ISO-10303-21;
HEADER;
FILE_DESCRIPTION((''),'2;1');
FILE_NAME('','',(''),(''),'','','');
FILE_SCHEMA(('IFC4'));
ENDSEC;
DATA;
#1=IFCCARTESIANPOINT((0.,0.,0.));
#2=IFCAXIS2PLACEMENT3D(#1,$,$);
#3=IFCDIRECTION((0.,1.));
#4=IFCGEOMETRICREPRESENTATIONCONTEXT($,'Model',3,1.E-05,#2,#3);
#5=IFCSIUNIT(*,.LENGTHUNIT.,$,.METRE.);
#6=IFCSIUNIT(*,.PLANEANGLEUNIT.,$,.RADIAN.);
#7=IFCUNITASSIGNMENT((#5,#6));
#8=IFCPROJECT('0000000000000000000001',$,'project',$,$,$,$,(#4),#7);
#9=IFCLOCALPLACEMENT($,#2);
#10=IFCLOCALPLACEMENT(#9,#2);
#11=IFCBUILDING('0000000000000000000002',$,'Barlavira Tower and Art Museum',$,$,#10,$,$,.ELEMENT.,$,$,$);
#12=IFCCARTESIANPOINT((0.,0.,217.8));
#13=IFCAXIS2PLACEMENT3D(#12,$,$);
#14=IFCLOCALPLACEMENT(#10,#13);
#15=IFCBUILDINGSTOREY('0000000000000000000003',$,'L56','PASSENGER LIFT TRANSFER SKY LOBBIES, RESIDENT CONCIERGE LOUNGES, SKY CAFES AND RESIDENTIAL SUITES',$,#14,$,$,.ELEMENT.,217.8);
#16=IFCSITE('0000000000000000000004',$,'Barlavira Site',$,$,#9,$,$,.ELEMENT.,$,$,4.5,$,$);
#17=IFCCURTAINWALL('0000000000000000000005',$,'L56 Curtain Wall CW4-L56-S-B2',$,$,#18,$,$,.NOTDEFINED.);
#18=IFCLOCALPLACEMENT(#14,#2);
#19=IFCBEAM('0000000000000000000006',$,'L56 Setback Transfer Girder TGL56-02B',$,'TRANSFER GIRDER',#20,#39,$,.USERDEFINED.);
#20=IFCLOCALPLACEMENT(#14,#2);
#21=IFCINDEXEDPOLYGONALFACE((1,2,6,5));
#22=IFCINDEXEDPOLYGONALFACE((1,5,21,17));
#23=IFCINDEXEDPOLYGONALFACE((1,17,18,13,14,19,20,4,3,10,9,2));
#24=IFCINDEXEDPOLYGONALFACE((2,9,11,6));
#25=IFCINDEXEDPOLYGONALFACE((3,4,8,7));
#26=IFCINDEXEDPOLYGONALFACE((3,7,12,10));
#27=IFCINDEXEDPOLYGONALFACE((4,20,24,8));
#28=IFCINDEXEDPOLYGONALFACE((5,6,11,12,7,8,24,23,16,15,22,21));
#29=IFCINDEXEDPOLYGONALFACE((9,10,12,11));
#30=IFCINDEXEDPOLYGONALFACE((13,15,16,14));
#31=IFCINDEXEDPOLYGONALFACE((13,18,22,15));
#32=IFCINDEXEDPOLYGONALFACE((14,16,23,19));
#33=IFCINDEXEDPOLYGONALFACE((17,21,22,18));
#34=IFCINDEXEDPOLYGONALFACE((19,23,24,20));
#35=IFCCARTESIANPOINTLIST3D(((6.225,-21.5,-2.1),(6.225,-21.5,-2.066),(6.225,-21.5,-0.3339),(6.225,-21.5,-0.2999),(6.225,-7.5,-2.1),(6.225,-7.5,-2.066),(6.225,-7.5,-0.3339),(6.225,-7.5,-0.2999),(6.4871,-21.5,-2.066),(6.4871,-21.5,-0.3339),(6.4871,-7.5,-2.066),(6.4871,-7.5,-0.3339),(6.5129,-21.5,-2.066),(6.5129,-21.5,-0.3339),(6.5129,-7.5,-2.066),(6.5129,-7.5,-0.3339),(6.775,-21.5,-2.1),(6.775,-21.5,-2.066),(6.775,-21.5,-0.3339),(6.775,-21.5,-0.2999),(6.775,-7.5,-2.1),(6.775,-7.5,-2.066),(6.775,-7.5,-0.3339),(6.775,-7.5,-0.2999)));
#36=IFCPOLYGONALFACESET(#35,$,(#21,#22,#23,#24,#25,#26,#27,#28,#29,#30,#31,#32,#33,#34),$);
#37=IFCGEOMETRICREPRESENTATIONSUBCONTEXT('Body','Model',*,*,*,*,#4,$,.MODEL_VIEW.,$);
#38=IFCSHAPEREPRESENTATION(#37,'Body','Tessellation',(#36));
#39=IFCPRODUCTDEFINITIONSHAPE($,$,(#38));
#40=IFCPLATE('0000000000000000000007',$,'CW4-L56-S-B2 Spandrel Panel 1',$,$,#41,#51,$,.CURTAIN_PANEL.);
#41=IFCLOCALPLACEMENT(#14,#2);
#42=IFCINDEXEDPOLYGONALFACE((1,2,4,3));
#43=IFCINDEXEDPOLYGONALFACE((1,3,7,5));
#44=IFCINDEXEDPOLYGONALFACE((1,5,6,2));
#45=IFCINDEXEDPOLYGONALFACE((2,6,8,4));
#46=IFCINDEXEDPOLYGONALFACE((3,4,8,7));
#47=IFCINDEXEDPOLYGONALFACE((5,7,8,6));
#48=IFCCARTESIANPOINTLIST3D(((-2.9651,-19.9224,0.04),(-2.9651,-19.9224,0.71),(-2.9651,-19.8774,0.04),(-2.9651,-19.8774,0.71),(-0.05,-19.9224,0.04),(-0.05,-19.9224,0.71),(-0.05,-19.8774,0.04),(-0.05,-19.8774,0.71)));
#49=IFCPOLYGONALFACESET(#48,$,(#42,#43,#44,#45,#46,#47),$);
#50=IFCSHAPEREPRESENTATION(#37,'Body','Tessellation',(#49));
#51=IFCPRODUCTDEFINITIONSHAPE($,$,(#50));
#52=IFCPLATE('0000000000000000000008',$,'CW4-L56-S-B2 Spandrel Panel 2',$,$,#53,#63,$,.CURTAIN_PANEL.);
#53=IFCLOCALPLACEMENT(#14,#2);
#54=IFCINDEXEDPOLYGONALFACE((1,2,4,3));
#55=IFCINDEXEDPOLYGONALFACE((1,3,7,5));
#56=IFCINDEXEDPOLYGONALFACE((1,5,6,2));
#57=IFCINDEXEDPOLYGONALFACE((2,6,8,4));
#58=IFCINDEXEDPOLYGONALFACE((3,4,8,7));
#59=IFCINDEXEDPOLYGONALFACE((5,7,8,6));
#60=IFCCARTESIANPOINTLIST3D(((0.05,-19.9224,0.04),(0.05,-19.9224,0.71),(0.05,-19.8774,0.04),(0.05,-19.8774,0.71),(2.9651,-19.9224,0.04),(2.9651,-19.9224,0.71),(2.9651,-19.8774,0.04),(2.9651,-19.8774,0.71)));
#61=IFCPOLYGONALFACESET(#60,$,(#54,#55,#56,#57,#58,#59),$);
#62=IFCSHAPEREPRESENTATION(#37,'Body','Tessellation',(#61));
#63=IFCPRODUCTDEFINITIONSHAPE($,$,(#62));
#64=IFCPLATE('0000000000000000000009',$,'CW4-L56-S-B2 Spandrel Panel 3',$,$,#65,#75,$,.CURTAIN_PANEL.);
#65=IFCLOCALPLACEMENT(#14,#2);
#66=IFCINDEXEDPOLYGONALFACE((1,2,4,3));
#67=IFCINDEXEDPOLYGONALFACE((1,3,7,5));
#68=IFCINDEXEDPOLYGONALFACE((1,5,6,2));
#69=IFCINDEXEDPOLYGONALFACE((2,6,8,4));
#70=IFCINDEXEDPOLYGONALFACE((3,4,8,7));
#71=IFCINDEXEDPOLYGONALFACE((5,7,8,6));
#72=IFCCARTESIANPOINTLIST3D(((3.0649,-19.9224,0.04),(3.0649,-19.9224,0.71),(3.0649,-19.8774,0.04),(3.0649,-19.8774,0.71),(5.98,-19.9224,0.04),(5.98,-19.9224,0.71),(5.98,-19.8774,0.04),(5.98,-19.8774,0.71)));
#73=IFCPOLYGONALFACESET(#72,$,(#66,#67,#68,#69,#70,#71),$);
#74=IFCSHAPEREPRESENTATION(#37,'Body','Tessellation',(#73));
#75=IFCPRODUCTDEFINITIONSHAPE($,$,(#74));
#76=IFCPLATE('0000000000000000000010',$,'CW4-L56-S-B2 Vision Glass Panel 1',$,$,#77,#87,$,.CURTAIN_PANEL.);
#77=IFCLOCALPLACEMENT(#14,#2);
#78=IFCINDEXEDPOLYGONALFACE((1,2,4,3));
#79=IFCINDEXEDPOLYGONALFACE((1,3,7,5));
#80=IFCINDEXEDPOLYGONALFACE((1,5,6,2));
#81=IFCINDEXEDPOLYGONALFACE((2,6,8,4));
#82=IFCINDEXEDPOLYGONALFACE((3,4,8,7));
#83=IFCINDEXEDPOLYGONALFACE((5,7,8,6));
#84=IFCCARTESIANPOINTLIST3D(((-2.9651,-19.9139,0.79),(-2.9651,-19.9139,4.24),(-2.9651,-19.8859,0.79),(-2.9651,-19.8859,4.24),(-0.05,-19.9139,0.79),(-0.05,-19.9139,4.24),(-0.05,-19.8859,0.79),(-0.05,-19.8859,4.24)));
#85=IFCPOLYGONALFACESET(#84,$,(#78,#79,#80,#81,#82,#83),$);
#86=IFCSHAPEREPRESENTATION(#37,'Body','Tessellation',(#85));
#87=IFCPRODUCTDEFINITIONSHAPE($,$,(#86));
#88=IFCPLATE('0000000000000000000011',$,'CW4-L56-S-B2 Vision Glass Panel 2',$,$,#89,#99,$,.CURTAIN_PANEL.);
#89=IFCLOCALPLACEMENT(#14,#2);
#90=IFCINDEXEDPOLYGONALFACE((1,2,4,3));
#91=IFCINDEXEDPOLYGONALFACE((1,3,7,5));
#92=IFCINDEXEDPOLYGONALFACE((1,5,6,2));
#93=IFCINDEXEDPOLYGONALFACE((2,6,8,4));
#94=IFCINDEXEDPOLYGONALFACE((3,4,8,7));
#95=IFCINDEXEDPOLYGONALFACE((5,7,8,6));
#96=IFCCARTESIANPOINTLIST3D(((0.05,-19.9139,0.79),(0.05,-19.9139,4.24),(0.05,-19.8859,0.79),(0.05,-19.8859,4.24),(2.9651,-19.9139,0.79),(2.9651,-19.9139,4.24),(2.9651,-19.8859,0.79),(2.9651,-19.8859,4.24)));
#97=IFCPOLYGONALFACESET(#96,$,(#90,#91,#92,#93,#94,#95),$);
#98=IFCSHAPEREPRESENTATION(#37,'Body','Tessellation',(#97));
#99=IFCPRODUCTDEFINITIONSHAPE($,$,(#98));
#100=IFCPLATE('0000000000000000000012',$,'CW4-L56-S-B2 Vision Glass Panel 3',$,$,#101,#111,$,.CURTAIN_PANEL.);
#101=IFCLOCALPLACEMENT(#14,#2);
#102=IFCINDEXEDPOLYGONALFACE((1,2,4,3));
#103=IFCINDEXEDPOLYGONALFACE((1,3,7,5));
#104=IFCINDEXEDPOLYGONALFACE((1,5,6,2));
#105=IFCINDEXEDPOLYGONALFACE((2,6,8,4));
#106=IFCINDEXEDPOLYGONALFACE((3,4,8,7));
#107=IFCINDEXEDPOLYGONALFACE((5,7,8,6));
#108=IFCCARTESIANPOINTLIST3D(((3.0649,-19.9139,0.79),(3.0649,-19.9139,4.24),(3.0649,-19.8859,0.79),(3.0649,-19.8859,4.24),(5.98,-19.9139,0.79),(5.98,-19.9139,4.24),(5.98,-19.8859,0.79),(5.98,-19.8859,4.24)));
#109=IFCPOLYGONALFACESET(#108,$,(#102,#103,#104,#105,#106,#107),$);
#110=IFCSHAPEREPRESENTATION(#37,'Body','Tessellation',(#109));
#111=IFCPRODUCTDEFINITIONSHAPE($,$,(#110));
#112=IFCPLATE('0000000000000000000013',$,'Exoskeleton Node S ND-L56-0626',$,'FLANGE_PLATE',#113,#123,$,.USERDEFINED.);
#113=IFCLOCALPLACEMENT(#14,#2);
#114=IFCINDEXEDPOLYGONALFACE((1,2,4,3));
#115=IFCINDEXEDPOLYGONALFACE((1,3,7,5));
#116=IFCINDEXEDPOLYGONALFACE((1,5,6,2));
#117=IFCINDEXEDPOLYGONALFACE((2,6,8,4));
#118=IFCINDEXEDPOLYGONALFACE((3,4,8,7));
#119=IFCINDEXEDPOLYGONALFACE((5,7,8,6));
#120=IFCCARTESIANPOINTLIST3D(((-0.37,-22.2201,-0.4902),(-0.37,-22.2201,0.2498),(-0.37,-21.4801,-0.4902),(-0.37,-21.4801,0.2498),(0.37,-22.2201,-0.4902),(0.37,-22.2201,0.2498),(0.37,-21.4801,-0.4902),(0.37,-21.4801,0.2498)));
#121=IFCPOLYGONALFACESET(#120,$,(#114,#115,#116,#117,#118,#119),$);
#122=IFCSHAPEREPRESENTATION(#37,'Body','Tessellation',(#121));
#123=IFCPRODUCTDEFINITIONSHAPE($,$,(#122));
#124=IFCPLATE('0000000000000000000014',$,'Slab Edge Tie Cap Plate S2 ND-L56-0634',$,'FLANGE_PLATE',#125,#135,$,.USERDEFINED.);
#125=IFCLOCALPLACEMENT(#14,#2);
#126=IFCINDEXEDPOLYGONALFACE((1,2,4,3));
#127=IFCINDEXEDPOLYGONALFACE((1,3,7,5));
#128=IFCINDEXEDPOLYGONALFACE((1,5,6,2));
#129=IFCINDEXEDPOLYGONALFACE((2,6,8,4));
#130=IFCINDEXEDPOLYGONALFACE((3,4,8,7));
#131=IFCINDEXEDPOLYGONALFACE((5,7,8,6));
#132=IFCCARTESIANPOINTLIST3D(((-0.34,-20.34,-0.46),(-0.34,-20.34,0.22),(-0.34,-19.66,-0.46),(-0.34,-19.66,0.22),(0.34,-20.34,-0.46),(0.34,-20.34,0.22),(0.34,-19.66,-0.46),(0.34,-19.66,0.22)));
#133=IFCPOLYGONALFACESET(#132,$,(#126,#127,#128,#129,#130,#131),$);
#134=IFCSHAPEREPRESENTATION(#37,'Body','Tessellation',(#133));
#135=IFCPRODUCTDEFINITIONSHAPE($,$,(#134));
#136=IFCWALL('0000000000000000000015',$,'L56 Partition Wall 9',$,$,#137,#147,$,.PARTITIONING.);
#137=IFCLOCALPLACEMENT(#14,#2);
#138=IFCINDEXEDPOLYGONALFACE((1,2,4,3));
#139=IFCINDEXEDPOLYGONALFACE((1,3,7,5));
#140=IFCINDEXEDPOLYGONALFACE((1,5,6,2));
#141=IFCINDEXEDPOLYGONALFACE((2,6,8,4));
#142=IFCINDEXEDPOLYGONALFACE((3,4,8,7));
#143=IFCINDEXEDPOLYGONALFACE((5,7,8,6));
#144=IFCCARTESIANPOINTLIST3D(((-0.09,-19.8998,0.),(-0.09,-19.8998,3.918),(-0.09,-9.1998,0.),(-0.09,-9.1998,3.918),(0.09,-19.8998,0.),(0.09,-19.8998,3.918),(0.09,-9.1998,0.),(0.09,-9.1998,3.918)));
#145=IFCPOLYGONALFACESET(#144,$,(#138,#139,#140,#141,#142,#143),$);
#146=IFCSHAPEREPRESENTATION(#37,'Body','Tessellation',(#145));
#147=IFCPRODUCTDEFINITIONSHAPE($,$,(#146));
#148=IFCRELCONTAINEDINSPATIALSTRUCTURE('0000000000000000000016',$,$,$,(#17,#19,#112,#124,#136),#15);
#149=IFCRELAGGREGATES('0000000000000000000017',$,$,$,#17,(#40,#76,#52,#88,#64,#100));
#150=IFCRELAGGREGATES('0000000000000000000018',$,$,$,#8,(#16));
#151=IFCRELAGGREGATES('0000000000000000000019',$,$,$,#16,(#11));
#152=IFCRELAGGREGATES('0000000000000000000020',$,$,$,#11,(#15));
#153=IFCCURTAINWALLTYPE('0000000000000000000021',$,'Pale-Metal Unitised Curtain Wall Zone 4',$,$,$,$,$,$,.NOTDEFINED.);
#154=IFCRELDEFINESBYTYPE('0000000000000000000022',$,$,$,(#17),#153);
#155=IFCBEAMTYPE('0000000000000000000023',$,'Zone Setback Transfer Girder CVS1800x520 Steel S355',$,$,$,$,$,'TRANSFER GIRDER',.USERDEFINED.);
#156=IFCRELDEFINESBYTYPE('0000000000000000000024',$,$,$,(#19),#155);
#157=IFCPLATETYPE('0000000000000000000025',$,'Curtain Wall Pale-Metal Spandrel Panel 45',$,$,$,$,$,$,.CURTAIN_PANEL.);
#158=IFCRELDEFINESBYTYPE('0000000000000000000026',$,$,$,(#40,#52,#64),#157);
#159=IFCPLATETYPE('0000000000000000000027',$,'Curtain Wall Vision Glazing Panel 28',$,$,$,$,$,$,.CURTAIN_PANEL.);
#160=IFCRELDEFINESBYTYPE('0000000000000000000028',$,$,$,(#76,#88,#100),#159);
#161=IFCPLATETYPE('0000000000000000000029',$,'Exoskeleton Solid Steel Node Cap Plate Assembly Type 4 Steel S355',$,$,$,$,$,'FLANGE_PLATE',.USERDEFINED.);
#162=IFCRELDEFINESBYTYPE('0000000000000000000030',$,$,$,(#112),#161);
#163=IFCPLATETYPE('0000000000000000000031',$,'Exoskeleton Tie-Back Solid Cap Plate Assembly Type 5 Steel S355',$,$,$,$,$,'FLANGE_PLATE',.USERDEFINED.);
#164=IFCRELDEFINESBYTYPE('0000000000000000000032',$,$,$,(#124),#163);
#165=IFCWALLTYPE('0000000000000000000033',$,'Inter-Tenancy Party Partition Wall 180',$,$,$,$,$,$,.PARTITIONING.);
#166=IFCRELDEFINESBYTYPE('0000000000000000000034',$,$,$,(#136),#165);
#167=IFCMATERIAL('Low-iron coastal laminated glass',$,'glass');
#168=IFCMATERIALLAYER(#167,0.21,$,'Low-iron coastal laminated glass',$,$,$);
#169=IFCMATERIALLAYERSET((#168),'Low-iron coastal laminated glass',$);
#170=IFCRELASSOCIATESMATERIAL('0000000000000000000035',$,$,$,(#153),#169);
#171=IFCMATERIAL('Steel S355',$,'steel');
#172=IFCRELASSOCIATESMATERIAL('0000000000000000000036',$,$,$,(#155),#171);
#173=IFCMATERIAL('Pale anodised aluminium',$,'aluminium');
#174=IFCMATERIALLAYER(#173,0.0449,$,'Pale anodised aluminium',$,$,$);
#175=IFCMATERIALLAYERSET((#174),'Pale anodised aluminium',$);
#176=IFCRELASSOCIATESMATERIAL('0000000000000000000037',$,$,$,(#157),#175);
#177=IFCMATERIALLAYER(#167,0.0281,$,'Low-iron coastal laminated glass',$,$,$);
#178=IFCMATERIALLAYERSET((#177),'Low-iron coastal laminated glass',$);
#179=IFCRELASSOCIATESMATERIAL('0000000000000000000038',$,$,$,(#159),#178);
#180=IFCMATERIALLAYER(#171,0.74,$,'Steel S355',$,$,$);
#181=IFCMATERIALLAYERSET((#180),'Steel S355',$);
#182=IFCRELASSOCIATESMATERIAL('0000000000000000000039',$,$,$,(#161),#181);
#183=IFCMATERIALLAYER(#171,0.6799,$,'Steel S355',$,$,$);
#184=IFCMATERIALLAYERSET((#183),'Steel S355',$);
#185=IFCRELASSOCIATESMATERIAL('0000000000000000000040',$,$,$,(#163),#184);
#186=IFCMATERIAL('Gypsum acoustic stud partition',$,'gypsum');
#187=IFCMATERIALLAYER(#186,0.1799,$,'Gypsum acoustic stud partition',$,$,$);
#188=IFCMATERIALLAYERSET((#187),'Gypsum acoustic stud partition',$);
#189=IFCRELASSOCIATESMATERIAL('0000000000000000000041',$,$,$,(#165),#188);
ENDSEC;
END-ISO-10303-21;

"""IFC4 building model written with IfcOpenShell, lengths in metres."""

from ifc_helpers import new_model, si_unit, direction, frame, frame_2d, origin, origin_2d, place, context, subcontext, project, spatial, rectangle, i_section, extrude, material, layer, layer_set, material_profile, profile_set, type_object, element, aggregate, save


model = new_model("IFC4")

# Units and contexts
model_context = context("Model", 3, precision=1e-05, world=origin(), true_north=direction((0.0, 1.0)))
body_context = subcontext(model_context, "Body", "Model", "MODEL_VIEW")
ifc_project = project(units=[si_unit("LENGTHUNIT", "METRE"), si_unit("PLANEANGLEUNIT", "RADIAN")], contexts=[model_context])

# Site, building, storey
site_placement = place(None, origin())
site = spatial("IfcSite", under=ifc_project, at=site_placement, Name="Barlavira Site", CompositionType="ELEMENT", RefElevation=4.5)
building_placement = place(site_placement, origin())
building = spatial("IfcBuilding", under=site, at=building_placement, Name="Barlavira Tower and Art Museum", CompositionType="ELEMENT")
storey_placement = place(building_placement, frame((0.0, 0.0, 217.8)))
storey = spatial("IfcBuildingStorey", under=building, at=storey_placement, Name="L56", Description="PASSENGER LIFT TRANSFER SKY LOBBIES, RESIDENT CONCIERGE LOUNGES, SKY CAFES AND RESIDENTIAL SUITES", CompositionType="ELEMENT", Elevation=217.8)

# Curtain wall
ifc_material_1 = material(Name="Low-iron coastal laminated glass", Category="glass")
ifc_layer_1 = layer(ifc_material_1, 0.21, Name="Low-iron coastal laminated glass")
ifc_layer_set_1 = layer_set([ifc_layer_1], Name="Low-iron coastal laminated glass")
curtain_wall_type = type_object("IfcCurtainWallType", Name="Pale-Metal Unitised Curtain Wall Zone 4", PredefinedType="NOTDEFINED", material=ifc_layer_set_1)
curtain_wall_placement = place(storey_placement, origin())
curtain_wall = element("IfcCurtainWall", 1, at=curtain_wall_placement, inside=storey, type_object=curtain_wall_type, Name="L56 Curtain Wall CW4-L56-S-B2", PredefinedType="NOTDEFINED")
ifc_material_2 = material(Name="Pale anodised aluminium", Category="aluminium")

# Shared definitions
ifc_material_3 = material(Name="Steel S355", Category="steel")

# Beam
ifc_material_profile_1 = material_profile(ifc_material_3, i_section(OverallWidth=0.55, OverallDepth=1.8, WebThickness=0.0259, FlangeThickness=0.0339, at=origin_2d()), Name="CVS1800x520")
ifc_profile_set_1 = profile_set([ifc_material_profile_1], Name="Steel S355")
beam_type = type_object("IfcBeamType", Name="Zone Setback Transfer Girder CVS1800x520 Steel S355", ElementType="TRANSFER GIRDER", PredefinedType="USERDEFINED", material=ifc_profile_set_1)
beam_placement = place(storey_placement, frame((6.5, -21.5, -1.2), z_axis=(0.0, 1.0, 0.0), x_axis=(-1.0, 0.0, 0.0)))
element("IfcBeam", 2, at=beam_placement, inside=storey, type_object=beam_type, Name="L56 Setback Transfer Girder TGL56-02B", ObjectType="TRANSFER GIRDER", PredefinedType="USERDEFINED", context=body_context, shape_type="SweptSolid", body=[
    extrude(i_section(OverallWidth=0.55, OverallDepth=1.8, WebThickness=0.0259, FlangeThickness=0.0339, at=origin_2d()), origin(), (0.0, 0.0, 1.0), 14.0),
])

# Plates
ifc_layer_2 = layer(ifc_material_2, 0.0449, Name="Pale anodised aluminium")
ifc_layer_set_2 = layer_set([ifc_layer_2], Name="Pale anodised aluminium")
plate_type_1 = type_object("IfcPlateType", Name="Curtain Wall Pale-Metal Spandrel Panel 45", PredefinedType="CURTAIN_PANEL", material=ifc_layer_set_2)
plate_1_placement = place(storey_placement, frame((-1.5076, -19.8999, 0.04), z_axis=(0.0, 0.0, 1.0), x_axis=(1.0, 0.0, 0.0)))
plate_1 = element("IfcPlate", 3, at=plate_1_placement, type_object=plate_type_1, Name="CW4-L56-S-B2 Spandrel Panel 1", PredefinedType="CURTAIN_PANEL", context=body_context, shape_type="SweptSolid", body=[
    extrude(rectangle(XDim=2.915, YDim=0.0449, at=origin_2d()), origin(), (0.0, 0.0, 1.0), 0.6699),
])
plate_2_placement = place(storey_placement, frame((1.5076, -19.8999, 0.04), z_axis=(0.0, 0.0, 1.0), x_axis=(1.0, 0.0, 0.0)))
plate_2 = element("IfcPlate", 4, at=plate_2_placement, type_object=plate_type_1, Name="CW4-L56-S-B2 Spandrel Panel 2", PredefinedType="CURTAIN_PANEL", context=body_context, shape_type="SweptSolid", body=[
    extrude(rectangle(XDim=2.915, YDim=0.0449, at=origin_2d()), origin(), (0.0, 0.0, 1.0), 0.6699),
])
plate_3_placement = place(storey_placement, frame((4.5225, -19.8999, 0.04), z_axis=(0.0, 0.0, 1.0), x_axis=(1.0, 0.0, 0.0)))
plate_3 = element("IfcPlate", 5, at=plate_3_placement, type_object=plate_type_1, Name="CW4-L56-S-B2 Spandrel Panel 3", PredefinedType="CURTAIN_PANEL", context=body_context, shape_type="SweptSolid", body=[
    extrude(rectangle(XDim=2.915, YDim=0.0449, at=origin_2d()), origin(), (0.0, 0.0, 1.0), 0.6699),
])
ifc_layer_3 = layer(ifc_material_1, 0.0281, Name="Low-iron coastal laminated glass")
ifc_layer_set_3 = layer_set([ifc_layer_3], Name="Low-iron coastal laminated glass")
plate_type_2 = type_object("IfcPlateType", Name="Curtain Wall Vision Glazing Panel 28", PredefinedType="CURTAIN_PANEL", material=ifc_layer_set_3)
plate_4_placement = place(storey_placement, frame((-1.5076, -19.8999, 0.79), z_axis=(0.0, 0.0, 1.0), x_axis=(1.0, 0.0, 0.0)))
plate_4 = element("IfcPlate", 6, at=plate_4_placement, type_object=plate_type_2, Name="CW4-L56-S-B2 Vision Glass Panel 1", PredefinedType="CURTAIN_PANEL", context=body_context, shape_type="SweptSolid", body=[
    extrude(rectangle(XDim=2.915, YDim=0.0281, at=origin_2d()), origin(), (0.0, 0.0, 1.0), 3.45),
])
plate_5_placement = place(storey_placement, frame((1.5076, -19.8999, 0.79), z_axis=(0.0, 0.0, 1.0), x_axis=(1.0, 0.0, 0.0)))
plate_5 = element("IfcPlate", 7, at=plate_5_placement, type_object=plate_type_2, Name="CW4-L56-S-B2 Vision Glass Panel 2", PredefinedType="CURTAIN_PANEL", context=body_context, shape_type="SweptSolid", body=[
    extrude(rectangle(XDim=2.915, YDim=0.0281, at=origin_2d()), origin(), (0.0, 0.0, 1.0), 3.45),
])
plate_6_placement = place(storey_placement, frame((4.5225, -19.8999, 0.79), z_axis=(0.0, 0.0, 1.0), x_axis=(1.0, 0.0, 0.0)))
plate_6 = element("IfcPlate", 8, at=plate_6_placement, type_object=plate_type_2, Name="CW4-L56-S-B2 Vision Glass Panel 3", PredefinedType="CURTAIN_PANEL", context=body_context, shape_type="SweptSolid", body=[
    extrude(rectangle(XDim=2.915, YDim=0.0281, at=origin_2d()), origin(), (0.0, 0.0, 1.0), 3.45),
])
aggregate(curtain_wall, [plate_1, plate_4, plate_2, plate_5, plate_3, plate_6])

# Plates
ifc_layer_4 = layer(ifc_material_3, 0.74, Name="Steel S355")
ifc_layer_set_4 = layer_set([ifc_layer_4], Name="Steel S355")
plate_type_3 = type_object("IfcPlateType", Name="Exoskeleton Solid Steel Node Cap Plate Assembly Type 4 Steel S355", ElementType="FLANGE_PLATE", PredefinedType="USERDEFINED", material=ifc_layer_set_4)
plate_7_placement = place(storey_placement, frame((0.0, -21.8501, -0.4902), z_axis=(0.0, 0.0, 1.0), x_axis=(1.0, 0.0, 0.0)))
element("IfcPlate", 9, at=plate_7_placement, inside=storey, type_object=plate_type_3, Name="Exoskeleton Node S ND-L56-0626", ObjectType="FLANGE_PLATE", PredefinedType="USERDEFINED", context=body_context, shape_type="SweptSolid", body=[
    extrude(rectangle(XDim=0.74, YDim=0.74, at=origin_2d()), origin(), (0.0, 0.0, 1.0), 0.74),
])
ifc_layer_5 = layer(ifc_material_3, 0.6799, Name="Steel S355")
ifc_layer_set_5 = layer_set([ifc_layer_5], Name="Steel S355")
plate_type_4 = type_object("IfcPlateType", Name="Exoskeleton Tie-Back Solid Cap Plate Assembly Type 5 Steel S355", ElementType="FLANGE_PLATE", PredefinedType="USERDEFINED", material=ifc_layer_set_5)
plate_8_placement = place(storey_placement, frame((0.0, -20.0, -0.46), z_axis=(0.0, 0.0, 1.0), x_axis=(1.0, 0.0, 0.0)))
element("IfcPlate", 10, at=plate_8_placement, inside=storey, type_object=plate_type_4, Name="Slab Edge Tie Cap Plate S2 ND-L56-0634", ObjectType="FLANGE_PLATE", PredefinedType="USERDEFINED", context=body_context, shape_type="SweptSolid", body=[
    extrude(rectangle(XDim=0.6799, YDim=0.6799, at=origin_2d()), origin(), (0.0, 0.0, 1.0), 0.6799),
])

# Wall
ifc_material_4 = material(Name="Gypsum acoustic stud partition", Category="gypsum")
ifc_layer_6 = layer(ifc_material_4, 0.1799, Name="Gypsum acoustic stud partition")
ifc_layer_set_6 = layer_set([ifc_layer_6], Name="Gypsum acoustic stud partition")
wall_type = type_object("IfcWallType", Name="Inter-Tenancy Party Partition Wall 180", PredefinedType="PARTITIONING", material=ifc_layer_set_6)
wall_placement = place(storey_placement, frame((0.0, -19.8999, 0.0), z_axis=(0.0, 0.0, 1.0), x_axis=(0.0, 1.0, 0.0)))
element("IfcWall", 11, at=wall_placement, inside=storey, type_object=wall_type, Name="L56 Partition Wall 9", PredefinedType="PARTITIONING", context=body_context, shape_type="SweptSolid", body=[
    extrude(rectangle(XDim=10.7, YDim=0.1799, at=frame_2d((5.3501, 0.0))), origin(), (0.0, 0.0, 1.0), 3.918),
])

save(model, "model.ifc")
